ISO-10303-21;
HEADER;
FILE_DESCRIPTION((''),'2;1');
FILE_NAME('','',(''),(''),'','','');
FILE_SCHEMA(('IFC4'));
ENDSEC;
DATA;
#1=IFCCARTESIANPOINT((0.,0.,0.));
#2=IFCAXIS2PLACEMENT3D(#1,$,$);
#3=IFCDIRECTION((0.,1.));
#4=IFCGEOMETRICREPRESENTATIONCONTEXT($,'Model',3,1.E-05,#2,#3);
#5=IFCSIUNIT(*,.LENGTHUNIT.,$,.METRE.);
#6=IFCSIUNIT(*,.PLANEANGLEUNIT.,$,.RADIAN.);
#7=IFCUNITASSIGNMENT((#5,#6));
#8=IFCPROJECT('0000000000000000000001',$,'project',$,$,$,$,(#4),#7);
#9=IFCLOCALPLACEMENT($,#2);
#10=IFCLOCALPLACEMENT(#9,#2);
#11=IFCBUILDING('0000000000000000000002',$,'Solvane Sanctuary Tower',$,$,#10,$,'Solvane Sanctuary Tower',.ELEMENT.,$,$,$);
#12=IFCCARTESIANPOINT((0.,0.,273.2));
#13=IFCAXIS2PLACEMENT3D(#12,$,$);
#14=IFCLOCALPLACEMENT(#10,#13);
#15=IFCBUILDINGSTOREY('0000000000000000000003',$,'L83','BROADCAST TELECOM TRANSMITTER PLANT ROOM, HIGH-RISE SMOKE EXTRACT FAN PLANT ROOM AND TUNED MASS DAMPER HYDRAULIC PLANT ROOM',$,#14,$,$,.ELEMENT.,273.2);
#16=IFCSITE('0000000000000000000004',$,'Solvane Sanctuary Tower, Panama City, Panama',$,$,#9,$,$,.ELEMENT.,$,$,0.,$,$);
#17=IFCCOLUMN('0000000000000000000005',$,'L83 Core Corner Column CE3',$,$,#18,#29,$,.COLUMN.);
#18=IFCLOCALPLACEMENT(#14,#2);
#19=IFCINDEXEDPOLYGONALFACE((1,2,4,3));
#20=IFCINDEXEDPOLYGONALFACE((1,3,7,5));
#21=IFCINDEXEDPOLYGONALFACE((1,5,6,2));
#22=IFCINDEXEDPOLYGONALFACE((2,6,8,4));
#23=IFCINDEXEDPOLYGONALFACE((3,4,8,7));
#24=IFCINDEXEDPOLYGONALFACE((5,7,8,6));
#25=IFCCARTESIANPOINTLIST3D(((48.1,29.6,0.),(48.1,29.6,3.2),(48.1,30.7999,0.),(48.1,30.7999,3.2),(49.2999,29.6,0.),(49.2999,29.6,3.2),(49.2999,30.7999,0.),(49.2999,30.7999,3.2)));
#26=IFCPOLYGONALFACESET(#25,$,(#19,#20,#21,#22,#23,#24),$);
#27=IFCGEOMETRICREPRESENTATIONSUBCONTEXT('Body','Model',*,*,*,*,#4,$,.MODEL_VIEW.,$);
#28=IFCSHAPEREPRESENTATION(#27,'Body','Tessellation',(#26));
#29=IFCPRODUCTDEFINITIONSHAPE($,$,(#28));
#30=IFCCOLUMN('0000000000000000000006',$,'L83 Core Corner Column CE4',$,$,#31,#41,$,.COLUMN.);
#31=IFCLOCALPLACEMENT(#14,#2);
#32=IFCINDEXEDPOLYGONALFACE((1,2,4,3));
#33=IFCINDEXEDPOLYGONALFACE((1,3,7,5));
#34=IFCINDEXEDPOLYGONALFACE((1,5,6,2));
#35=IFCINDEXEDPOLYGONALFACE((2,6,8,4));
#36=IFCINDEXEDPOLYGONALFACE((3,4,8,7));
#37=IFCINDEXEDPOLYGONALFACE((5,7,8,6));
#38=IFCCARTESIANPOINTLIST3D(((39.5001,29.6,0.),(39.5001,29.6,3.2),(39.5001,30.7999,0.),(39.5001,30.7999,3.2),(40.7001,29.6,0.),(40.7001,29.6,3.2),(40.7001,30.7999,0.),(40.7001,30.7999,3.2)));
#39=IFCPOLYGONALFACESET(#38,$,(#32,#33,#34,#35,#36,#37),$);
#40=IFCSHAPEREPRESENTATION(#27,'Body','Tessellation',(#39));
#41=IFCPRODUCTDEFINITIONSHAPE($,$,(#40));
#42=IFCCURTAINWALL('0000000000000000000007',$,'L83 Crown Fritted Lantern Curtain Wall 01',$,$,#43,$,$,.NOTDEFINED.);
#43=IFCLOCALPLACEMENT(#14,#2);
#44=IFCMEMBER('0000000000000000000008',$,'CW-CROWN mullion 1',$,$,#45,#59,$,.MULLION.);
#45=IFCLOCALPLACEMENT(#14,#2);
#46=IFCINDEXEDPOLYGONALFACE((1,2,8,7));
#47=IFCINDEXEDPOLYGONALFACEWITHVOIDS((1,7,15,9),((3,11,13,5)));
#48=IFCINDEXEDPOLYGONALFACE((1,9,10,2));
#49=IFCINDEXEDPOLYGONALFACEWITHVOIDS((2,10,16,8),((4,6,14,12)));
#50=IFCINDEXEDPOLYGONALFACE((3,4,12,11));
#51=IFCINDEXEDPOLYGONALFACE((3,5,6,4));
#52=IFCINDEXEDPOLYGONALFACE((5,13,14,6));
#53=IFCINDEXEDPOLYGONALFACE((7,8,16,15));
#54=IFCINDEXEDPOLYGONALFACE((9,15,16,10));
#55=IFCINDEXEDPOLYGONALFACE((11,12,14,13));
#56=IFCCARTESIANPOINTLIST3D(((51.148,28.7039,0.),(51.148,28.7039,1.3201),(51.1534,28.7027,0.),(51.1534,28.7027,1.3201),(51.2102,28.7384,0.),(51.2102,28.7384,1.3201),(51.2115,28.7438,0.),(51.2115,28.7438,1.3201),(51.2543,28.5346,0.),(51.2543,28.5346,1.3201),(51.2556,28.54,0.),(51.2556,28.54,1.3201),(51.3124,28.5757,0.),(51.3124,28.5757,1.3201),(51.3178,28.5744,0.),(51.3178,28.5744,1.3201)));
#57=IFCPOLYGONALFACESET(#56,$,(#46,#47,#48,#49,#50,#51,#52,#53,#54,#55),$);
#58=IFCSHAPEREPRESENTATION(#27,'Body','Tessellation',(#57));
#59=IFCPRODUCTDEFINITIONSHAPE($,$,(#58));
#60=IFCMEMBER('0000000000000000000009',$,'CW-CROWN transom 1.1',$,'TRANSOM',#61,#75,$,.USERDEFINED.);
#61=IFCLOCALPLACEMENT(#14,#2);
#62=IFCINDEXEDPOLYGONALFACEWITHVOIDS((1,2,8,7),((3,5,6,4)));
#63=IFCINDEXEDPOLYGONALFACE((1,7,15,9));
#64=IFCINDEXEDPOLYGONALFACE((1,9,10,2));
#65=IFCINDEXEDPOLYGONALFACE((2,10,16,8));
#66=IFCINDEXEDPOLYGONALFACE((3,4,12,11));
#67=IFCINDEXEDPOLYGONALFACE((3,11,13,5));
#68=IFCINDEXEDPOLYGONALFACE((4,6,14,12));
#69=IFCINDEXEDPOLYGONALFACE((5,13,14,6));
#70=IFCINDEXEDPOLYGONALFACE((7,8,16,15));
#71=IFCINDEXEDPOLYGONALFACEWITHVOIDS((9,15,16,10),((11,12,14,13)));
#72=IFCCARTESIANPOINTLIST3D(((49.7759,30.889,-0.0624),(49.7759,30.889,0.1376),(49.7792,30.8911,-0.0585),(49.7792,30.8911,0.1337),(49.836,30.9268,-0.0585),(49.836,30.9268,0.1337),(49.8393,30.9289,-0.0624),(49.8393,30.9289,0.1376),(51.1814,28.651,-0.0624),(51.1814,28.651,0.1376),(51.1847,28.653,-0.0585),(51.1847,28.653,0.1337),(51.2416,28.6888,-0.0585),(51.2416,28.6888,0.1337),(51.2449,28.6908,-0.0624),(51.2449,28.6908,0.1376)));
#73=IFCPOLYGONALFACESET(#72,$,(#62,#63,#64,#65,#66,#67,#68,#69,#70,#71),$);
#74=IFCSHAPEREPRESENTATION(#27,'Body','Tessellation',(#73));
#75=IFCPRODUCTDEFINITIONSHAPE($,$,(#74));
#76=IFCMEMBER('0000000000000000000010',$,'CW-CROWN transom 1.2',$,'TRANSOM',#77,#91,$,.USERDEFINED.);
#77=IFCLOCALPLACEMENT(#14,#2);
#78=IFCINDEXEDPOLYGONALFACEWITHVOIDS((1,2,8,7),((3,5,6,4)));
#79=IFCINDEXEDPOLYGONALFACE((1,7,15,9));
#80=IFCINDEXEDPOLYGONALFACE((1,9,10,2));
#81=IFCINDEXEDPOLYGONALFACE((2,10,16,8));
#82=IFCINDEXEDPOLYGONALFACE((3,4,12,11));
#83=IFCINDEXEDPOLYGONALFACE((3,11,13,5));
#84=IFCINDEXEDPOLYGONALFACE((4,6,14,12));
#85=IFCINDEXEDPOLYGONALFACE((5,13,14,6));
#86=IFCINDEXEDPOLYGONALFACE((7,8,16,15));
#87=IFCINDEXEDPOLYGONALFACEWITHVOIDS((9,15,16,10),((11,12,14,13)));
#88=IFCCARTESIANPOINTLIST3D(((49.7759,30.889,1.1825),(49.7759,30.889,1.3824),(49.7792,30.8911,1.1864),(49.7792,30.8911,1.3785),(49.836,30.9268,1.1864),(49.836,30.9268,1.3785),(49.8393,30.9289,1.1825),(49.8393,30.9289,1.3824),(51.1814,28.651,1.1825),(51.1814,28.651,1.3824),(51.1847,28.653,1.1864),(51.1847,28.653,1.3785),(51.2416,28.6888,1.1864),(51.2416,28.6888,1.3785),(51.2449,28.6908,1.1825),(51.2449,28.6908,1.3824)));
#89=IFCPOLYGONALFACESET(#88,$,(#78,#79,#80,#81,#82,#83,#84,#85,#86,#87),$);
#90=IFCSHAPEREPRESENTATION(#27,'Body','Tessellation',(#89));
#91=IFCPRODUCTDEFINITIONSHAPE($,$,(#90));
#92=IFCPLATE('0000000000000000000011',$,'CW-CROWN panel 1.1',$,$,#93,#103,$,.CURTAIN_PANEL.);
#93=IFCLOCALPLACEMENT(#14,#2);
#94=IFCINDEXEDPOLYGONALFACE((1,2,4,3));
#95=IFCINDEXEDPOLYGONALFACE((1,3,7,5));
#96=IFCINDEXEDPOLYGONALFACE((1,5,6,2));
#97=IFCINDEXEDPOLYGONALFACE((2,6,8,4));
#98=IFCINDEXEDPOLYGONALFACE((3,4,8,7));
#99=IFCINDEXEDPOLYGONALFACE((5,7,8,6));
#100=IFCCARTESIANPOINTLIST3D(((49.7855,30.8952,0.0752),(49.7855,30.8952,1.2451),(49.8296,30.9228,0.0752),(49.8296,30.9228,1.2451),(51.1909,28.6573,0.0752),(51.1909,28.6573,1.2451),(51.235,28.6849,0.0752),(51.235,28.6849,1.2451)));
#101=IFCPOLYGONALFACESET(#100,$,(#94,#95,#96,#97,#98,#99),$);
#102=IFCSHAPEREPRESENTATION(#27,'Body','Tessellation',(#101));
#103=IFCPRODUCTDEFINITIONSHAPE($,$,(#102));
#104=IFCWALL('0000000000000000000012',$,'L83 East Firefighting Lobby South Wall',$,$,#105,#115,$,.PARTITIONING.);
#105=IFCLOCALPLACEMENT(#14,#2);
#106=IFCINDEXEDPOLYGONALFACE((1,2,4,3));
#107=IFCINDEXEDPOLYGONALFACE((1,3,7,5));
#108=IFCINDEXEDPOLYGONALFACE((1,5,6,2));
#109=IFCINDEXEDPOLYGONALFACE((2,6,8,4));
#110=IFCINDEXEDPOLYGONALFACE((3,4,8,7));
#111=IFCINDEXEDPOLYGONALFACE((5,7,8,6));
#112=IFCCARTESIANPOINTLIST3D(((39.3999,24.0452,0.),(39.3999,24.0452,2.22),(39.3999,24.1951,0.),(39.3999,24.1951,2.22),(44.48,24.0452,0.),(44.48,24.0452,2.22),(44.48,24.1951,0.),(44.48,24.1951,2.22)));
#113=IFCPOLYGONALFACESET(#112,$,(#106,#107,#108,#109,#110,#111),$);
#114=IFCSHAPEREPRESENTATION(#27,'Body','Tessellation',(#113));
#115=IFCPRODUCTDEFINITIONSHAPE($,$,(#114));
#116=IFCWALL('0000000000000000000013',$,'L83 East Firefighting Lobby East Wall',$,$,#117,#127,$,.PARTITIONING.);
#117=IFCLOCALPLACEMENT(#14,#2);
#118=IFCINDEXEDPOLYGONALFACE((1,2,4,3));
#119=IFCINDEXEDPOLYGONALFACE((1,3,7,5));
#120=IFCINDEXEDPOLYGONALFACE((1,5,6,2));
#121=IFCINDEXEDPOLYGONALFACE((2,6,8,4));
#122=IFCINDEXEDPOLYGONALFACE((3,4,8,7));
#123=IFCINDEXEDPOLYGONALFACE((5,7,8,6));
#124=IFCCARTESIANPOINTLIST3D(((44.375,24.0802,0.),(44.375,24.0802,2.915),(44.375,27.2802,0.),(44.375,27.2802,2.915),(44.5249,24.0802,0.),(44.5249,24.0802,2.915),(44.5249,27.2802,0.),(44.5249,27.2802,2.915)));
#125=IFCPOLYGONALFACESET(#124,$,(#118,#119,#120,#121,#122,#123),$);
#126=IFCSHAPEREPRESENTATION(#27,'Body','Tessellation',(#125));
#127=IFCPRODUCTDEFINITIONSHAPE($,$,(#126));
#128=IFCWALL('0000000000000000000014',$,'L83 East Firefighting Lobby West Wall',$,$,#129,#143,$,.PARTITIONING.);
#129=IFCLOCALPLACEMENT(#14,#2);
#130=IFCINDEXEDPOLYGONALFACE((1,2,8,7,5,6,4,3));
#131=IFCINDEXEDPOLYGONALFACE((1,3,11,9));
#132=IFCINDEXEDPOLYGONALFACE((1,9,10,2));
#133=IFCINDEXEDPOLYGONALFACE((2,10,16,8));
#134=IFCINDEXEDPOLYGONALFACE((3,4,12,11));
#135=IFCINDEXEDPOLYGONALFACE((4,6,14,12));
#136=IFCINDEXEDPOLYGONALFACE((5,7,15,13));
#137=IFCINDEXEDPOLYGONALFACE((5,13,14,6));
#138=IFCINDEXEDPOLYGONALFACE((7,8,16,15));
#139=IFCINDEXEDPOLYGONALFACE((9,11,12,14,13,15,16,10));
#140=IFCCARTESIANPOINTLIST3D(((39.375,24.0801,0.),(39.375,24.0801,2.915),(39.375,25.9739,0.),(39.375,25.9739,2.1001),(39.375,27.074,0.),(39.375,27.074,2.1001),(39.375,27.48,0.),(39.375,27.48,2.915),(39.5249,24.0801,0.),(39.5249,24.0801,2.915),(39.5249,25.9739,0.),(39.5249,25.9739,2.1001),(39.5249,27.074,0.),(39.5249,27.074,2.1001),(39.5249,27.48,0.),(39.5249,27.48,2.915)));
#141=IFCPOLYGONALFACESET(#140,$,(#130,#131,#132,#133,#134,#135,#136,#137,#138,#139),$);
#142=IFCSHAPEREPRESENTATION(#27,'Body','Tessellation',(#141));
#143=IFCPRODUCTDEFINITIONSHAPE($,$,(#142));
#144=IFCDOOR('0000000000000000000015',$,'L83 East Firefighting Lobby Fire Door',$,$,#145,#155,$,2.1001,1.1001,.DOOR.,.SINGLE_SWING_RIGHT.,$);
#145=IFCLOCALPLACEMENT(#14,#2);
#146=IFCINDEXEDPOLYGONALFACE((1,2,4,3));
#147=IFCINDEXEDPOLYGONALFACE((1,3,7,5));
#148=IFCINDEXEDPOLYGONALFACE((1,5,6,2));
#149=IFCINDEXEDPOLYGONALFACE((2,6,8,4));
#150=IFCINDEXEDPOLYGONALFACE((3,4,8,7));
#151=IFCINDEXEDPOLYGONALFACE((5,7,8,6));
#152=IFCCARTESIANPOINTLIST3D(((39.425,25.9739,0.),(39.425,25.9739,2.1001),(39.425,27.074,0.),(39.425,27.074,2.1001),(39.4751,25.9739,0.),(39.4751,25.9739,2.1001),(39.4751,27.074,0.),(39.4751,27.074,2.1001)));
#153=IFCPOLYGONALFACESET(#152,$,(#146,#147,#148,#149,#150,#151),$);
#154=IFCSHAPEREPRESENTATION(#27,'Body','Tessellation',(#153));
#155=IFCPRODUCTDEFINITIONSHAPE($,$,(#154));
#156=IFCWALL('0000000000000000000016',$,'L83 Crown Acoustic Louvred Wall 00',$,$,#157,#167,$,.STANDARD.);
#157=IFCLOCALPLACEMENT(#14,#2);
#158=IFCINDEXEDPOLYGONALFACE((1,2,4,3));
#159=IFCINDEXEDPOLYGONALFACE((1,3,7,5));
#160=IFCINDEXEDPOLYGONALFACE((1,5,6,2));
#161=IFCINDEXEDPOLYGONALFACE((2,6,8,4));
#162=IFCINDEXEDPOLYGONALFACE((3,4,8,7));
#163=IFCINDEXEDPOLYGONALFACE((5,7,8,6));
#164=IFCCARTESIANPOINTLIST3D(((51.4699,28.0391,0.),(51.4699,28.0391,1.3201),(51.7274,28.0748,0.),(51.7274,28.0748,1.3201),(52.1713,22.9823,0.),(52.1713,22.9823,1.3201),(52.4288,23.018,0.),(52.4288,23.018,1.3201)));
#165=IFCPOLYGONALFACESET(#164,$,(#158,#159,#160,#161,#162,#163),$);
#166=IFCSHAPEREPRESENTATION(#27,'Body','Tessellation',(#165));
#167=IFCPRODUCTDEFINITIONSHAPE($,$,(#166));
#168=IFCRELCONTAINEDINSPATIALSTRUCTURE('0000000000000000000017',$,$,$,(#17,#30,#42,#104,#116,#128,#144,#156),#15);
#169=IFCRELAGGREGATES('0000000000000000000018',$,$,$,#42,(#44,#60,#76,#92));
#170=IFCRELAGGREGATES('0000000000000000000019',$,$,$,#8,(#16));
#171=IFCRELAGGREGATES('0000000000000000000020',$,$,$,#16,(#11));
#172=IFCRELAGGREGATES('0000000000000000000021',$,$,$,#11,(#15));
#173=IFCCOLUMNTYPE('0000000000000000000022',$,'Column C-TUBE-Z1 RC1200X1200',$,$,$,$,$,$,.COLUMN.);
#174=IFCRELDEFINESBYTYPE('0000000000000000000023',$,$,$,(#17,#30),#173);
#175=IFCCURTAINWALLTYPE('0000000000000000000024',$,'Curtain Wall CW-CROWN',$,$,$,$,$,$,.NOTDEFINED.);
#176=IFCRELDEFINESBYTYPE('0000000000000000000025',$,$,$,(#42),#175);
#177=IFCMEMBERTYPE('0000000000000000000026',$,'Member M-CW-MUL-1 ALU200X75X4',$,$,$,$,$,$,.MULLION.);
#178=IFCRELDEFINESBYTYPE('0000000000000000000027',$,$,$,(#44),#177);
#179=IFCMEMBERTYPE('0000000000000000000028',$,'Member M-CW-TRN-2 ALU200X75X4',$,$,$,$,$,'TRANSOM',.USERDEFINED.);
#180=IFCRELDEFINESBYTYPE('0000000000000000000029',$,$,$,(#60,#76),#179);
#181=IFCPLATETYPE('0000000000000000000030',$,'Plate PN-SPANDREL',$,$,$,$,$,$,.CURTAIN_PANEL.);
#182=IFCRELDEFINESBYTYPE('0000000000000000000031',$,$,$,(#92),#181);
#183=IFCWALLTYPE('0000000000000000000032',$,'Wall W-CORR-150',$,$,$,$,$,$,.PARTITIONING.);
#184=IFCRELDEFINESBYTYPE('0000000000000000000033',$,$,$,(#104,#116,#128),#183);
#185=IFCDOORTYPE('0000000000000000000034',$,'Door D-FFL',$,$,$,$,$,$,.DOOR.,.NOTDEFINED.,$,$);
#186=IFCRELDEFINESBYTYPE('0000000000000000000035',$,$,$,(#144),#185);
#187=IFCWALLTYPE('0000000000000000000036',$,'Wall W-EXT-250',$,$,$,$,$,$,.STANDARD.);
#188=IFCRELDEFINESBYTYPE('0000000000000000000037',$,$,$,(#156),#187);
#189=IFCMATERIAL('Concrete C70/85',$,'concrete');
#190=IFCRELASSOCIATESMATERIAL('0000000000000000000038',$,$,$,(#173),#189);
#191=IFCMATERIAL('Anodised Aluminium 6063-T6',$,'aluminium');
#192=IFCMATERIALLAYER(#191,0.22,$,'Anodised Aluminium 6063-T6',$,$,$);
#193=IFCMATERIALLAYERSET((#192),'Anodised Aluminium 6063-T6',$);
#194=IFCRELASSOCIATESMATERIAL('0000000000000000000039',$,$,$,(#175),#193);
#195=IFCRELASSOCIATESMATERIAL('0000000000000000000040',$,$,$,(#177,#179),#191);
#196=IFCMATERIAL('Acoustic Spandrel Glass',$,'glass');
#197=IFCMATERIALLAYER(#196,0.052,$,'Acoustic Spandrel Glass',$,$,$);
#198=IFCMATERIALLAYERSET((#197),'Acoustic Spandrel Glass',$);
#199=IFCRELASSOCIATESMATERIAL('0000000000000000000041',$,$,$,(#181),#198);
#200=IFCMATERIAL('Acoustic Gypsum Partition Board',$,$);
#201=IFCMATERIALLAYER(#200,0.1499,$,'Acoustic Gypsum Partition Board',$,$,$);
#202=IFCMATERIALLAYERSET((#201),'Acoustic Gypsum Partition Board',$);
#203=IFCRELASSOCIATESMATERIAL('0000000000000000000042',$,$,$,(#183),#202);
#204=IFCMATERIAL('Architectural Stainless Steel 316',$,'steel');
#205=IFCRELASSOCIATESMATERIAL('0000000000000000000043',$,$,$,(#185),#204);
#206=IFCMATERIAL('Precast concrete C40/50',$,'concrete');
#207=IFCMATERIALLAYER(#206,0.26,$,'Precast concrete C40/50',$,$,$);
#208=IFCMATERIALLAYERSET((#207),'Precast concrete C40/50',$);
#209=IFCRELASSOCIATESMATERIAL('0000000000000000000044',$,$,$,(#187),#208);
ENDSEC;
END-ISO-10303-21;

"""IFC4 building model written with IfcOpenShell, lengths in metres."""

from ifc_helpers import new_model, si_unit, direction, frame, frame_2d, origin, origin_2d, place, context, subcontext, project, spatial, rectangle, hollow_rectangle, extrude, material, layer, layer_set, material_profile, profile_set, type_object, element, fill, aggregate, save


model = new_model("IFC4")

# Units and contexts
model_context = context("Model", 3, precision=1e-05, world=origin(), true_north=direction((0.0, 1.0)))
body_context = subcontext(model_context, "Body", "Model", "MODEL_VIEW")
ifc_project = project(units=[si_unit("LENGTHUNIT", "METRE"), si_unit("PLANEANGLEUNIT", "RADIAN")], contexts=[model_context])

# Site, building, storey
site_placement = place(None, origin())
site = spatial("IfcSite", under=ifc_project, at=site_placement, Name="Solvane Sanctuary Tower, Panama City, Panama", CompositionType="ELEMENT", RefElevation=0.0)
building_placement = place(site_placement, origin())
building = spatial("IfcBuilding", under=site, at=building_placement, Name="Solvane Sanctuary Tower", LongName="Solvane Sanctuary Tower", CompositionType="ELEMENT")
storey_placement = place(building_placement, frame((0.0, 0.0, 273.2)))
storey = spatial("IfcBuildingStorey", under=building, at=storey_placement, Name="L83", Description="BROADCAST TELECOM TRANSMITTER PLANT ROOM, HIGH-RISE SMOKE EXTRACT FAN PLANT ROOM AND TUNED MASS DAMPER HYDRAULIC PLANT ROOM", CompositionType="ELEMENT", Elevation=273.2)

# Columns
ifc_material_1 = material(Name="Concrete C70/85", Category="concrete")
ifc_material_profile_1 = material_profile(ifc_material_1, rectangle(XDim=1.2, YDim=1.2, at=origin_2d()), Name="RC1200X1200")
ifc_profile_set_1 = profile_set([ifc_material_profile_1], Name="Concrete C70/85")
column_type = type_object("IfcColumnType", Name="Column C-TUBE-Z1 RC1200X1200", PredefinedType="COLUMN", material=ifc_profile_set_1)
for number, where, z_axis, x_axis, name in (
    (1, (48.7, 30.2, 0.0), (0.0, 0.0, 1.0), (1.0, 0.0, 0.0), "L83 Core Corner Column CE3"),
    (2, (40.1001, 30.2, 0.0), (0.0, 0.0, 1.0), (1.0, 0.0, 0.0), "L83 Core Corner Column CE4"),
):
    element("IfcColumn", number, at=place(storey_placement, frame(where, z_axis=z_axis, x_axis=x_axis)), inside=storey, type_object=column_type, Name=name, PredefinedType="COLUMN", context=body_context, shape_type="SweptSolid", body=[
        extrude(rectangle(XDim=1.2, YDim=1.2, at=origin_2d()), origin(), (0.0, 0.0, 1.0), 3.2),
    ])

# Curtain wall, members, plate
ifc_material_2 = material(Name="Anodised Aluminium 6063-T6", Category="aluminium")
ifc_layer_1 = layer(ifc_material_2, 0.22, Name="Anodised Aluminium 6063-T6")
ifc_layer_set_1 = layer_set([ifc_layer_1], Name="Anodised Aluminium 6063-T6")
curtain_wall_type = type_object("IfcCurtainWallType", Name="Curtain Wall CW-CROWN", PredefinedType="NOTDEFINED", material=ifc_layer_set_1)
curtain_wall_placement = place(storey_placement, origin())
curtain_wall = element("IfcCurtainWall", 3, at=curtain_wall_placement, inside=storey, type_object=curtain_wall_type, Name="L83 Crown Fritted Lantern Curtain Wall 01", PredefinedType="NOTDEFINED")
ifc_material_profile_2 = material_profile(ifc_material_2, hollow_rectangle(XDim=0.075, YDim=0.2, WallThickness=0.0039, at=origin_2d()), Name="ALU200X75X4")
ifc_profile_set_2 = profile_set([ifc_material_profile_2], Name="Anodised Aluminium 6063-T6")
member_type_1 = type_object("IfcMemberType", Name="Member M-CW-MUL-1 ALU200X75X4", PredefinedType="MULLION", material=ifc_profile_set_2)
member_1_placement = place(storey_placement, frame((51.2329, 28.6392, 0.0), z_axis=(0.0, 0.0, 1.0), x_axis=(-0.846858, -0.531819, 0.0)))
member_1 = element("IfcMember", 4, at=member_1_placement, type_object=member_type_1, Name="CW-CROWN mullion 1", PredefinedType="MULLION", context=body_context, shape_type="SweptSolid", body=[
    extrude(hollow_rectangle(XDim=0.075, YDim=0.2, WallThickness=0.0039, at=origin_2d()), origin(), (0.0, 0.0, 1.0), 1.3201),
])
ifc_material_profile_3 = material_profile(ifc_material_2, hollow_rectangle(XDim=0.075, YDim=0.2, WallThickness=0.0039, at=origin_2d()), Name="ALU200X75X4")
ifc_profile_set_3 = profile_set([ifc_material_profile_3], Name="Anodised Aluminium 6063-T6")
member_type_2 = type_object("IfcMemberType", Name="Member M-CW-TRN-2 ALU200X75X4", ElementType="TRANSOM", PredefinedType="USERDEFINED", material=ifc_profile_set_3)
member_2_placement = place(storey_placement, frame((51.2131, 28.6709, 0.0376), z_axis=(-0.531833, 0.846849, 0.0), x_axis=(-0.846849, -0.531833, 0.0)))
member_2 = element("IfcMember", 5, at=member_2_placement, type_object=member_type_2, Name="CW-CROWN transom 1.1", ObjectType="TRANSOM", PredefinedType="USERDEFINED", context=body_context, shape_type="SweptSolid", body=[
    extrude(hollow_rectangle(XDim=0.075, YDim=0.2, WallThickness=0.0039, at=origin_2d()), origin(), (0.0, 0.0, 1.0), 2.6428),
])
member_3_placement = place(storey_placement, frame((51.2131, 28.6709, 1.2825), z_axis=(-0.531833, 0.846849, 0.0), x_axis=(-0.846849, -0.531833, 0.0)))
member_3 = element("IfcMember", 6, at=member_3_placement, type_object=member_type_2, Name="CW-CROWN transom 1.2", ObjectType="TRANSOM", PredefinedType="USERDEFINED", context=body_context, shape_type="SweptSolid", body=[
    extrude(hollow_rectangle(XDim=0.075, YDim=0.2, WallThickness=0.0039, at=origin_2d()), origin(), (0.0, 0.0, 1.0), 2.6428),
])
ifc_material_3 = material(Name="Acoustic Spandrel Glass", Category="glass")
ifc_layer_2 = layer(ifc_material_3, 0.052, Name="Acoustic Spandrel Glass")
ifc_layer_set_2 = layer_set([ifc_layer_2], Name="Acoustic Spandrel Glass")
plate_type = type_object("IfcPlateType", Name="Plate PN-SPANDREL", PredefinedType="CURTAIN_PANEL", material=ifc_layer_set_2)
plate_placement = place(storey_placement, frame((50.5103, 29.79, 0.0752), z_axis=(0.0, 0.0, 1.0), x_axis=(-0.531819, 0.846858, 0.0)))
plate = element("IfcPlate", 7, at=plate_placement, type_object=plate_type, Name="CW-CROWN panel 1.1", PredefinedType="CURTAIN_PANEL", context=body_context, shape_type="SweptSolid", body=[
    extrude(rectangle(XDim=2.6426, YDim=0.052, at=origin_2d()), origin(), (0.0, 0.0, 1.0), 1.1699),
])
aggregate(curtain_wall, [member_1, member_2, member_3, plate])

# Walls
ifc_material_4 = material(Name="Acoustic Gypsum Partition Board")
ifc_layer_3 = layer(ifc_material_4, 0.1499, Name="Acoustic Gypsum Partition Board")
ifc_layer_set_3 = layer_set([ifc_layer_3], Name="Acoustic Gypsum Partition Board")
wall_type_1 = type_object("IfcWallType", Name="Wall W-CORR-150", PredefinedType="PARTITIONING", material=ifc_layer_set_3)
wall_1_placement = place(storey_placement, frame((39.3999, 24.1201, 0.0), z_axis=(0.0, 0.0, 1.0), x_axis=(1.0, 0.0, 0.0)))
element("IfcWall", 8, at=wall_1_placement, inside=storey, type_object=wall_type_1, Name="L83 East Firefighting Lobby South Wall", PredefinedType="PARTITIONING", context=body_context, shape_type="SweptSolid", body=[
    extrude(rectangle(XDim=5.0801, YDim=0.1499, at=frame_2d((2.54, 0.0))), origin(), (0.0, 0.0, 1.0), 2.22),
])
wall_2_placement = place(storey_placement, frame((44.45, 24.0801, 0.0), z_axis=(0.0, 0.0, 1.0), x_axis=(0.0, 1.0, 0.0)))
element("IfcWall", 9, at=wall_2_placement, inside=storey, type_object=wall_type_1, Name="L83 East Firefighting Lobby East Wall", PredefinedType="PARTITIONING", context=body_context, shape_type="SweptSolid", body=[
    extrude(rectangle(XDim=3.2, YDim=0.1499, at=frame_2d((1.6001, 0.0))), origin(), (0.0, 0.0, 1.0), 2.915),
])

# Wall, opening, door
wall_3_placement = place(storey_placement, frame((39.45, 24.0801, 0.0), z_axis=(0.0, 0.0, 1.0), x_axis=(0.0, 1.0, 0.0)))
wall_3 = element("IfcWall", 10, at=wall_3_placement, inside=storey, type_object=wall_type_1, Name="L83 East Firefighting Lobby West Wall", PredefinedType="PARTITIONING", context=body_context, shape_type="SweptSolid", body=[
    extrude(rectangle(XDim=3.3999, YDim=0.1499, at=frame_2d((1.7, 0.0))), origin(), (0.0, 0.0, 1.0), 2.915),
])
opening_1_placement = place(wall_3_placement, frame((1.8938, 0.0, 0.0)))
opening_1 = element("IfcOpeningElement", 11, at=opening_1_placement, cuts=wall_3, PredefinedType="OPENING", context=body_context, shape_type="SweptSolid", body=[
    extrude(rectangle(XDim=1.1001, YDim=2.1001, at=frame_2d((0.55, 1.05))), frame((0.0, 0.085, 0.0), z_axis=(0.0, -1.0, 0.0), x_axis=(1.0, 0.0, 0.0)), (0.0, 0.0, 1.0), 0.1699),
])
ifc_material_5 = material(Name="Architectural Stainless Steel 316", Category="steel")
door_type_1 = type_object("IfcDoorType", Name="Door D-FFL", OperationType="NOTDEFINED", PredefinedType="DOOR", material=ifc_material_5)
door_1_placement = place(opening_1_placement, origin())
door_1 = element("IfcDoor", 12, at=door_1_placement, inside=storey, type_object=door_type_1, Name="L83 East Firefighting Lobby Fire Door", OperationType="SINGLE_SWING_RIGHT", OverallHeight=2.1001, OverallWidth=1.1001, PredefinedType="DOOR", context=body_context, shape_type="SweptSolid", body=[
    extrude(rectangle(XDim=1.1001, YDim=2.1001, at=frame_2d((0.55, 1.05))), frame((0.0, 0.0249, 0.0), z_axis=(0.0, -1.0, 0.0), x_axis=(1.0, 0.0, 0.0)), (0.0, 0.0, 1.0), 0.05),
])
fill(opening_1, door_1)

# Wall
ifc_material_6 = material(Name="Precast concrete C40/50", Category="concrete")
ifc_layer_4 = layer(ifc_material_6, 0.26, Name="Precast concrete C40/50")
ifc_layer_set_4 = layer_set([ifc_layer_4], Name="Precast concrete C40/50")
wall_type_2 = type_object("IfcWallType", Name="Wall W-EXT-250", PredefinedType="STANDARD", material=ifc_layer_set_4)
wall_4_placement = place(storey_placement, frame((52.3, 23.0, 0.0), z_axis=(0.0, 0.0, 1.0), x_axis=(-0.13739, 0.990517, 0.0)))
element("IfcWall", 13, at=wall_4_placement, inside=storey, type_object=wall_type_2, Name="L83 Crown Acoustic Louvred Wall 00", PredefinedType="STANDARD", context=body_context, shape_type="SweptSolid", body=[
    extrude(rectangle(XDim=5.1052, YDim=0.26, at=frame_2d((2.5527, 0.0))), origin(), (0.0, 0.0, 1.0), 1.3201),
])

save(model, "model.ifc")
